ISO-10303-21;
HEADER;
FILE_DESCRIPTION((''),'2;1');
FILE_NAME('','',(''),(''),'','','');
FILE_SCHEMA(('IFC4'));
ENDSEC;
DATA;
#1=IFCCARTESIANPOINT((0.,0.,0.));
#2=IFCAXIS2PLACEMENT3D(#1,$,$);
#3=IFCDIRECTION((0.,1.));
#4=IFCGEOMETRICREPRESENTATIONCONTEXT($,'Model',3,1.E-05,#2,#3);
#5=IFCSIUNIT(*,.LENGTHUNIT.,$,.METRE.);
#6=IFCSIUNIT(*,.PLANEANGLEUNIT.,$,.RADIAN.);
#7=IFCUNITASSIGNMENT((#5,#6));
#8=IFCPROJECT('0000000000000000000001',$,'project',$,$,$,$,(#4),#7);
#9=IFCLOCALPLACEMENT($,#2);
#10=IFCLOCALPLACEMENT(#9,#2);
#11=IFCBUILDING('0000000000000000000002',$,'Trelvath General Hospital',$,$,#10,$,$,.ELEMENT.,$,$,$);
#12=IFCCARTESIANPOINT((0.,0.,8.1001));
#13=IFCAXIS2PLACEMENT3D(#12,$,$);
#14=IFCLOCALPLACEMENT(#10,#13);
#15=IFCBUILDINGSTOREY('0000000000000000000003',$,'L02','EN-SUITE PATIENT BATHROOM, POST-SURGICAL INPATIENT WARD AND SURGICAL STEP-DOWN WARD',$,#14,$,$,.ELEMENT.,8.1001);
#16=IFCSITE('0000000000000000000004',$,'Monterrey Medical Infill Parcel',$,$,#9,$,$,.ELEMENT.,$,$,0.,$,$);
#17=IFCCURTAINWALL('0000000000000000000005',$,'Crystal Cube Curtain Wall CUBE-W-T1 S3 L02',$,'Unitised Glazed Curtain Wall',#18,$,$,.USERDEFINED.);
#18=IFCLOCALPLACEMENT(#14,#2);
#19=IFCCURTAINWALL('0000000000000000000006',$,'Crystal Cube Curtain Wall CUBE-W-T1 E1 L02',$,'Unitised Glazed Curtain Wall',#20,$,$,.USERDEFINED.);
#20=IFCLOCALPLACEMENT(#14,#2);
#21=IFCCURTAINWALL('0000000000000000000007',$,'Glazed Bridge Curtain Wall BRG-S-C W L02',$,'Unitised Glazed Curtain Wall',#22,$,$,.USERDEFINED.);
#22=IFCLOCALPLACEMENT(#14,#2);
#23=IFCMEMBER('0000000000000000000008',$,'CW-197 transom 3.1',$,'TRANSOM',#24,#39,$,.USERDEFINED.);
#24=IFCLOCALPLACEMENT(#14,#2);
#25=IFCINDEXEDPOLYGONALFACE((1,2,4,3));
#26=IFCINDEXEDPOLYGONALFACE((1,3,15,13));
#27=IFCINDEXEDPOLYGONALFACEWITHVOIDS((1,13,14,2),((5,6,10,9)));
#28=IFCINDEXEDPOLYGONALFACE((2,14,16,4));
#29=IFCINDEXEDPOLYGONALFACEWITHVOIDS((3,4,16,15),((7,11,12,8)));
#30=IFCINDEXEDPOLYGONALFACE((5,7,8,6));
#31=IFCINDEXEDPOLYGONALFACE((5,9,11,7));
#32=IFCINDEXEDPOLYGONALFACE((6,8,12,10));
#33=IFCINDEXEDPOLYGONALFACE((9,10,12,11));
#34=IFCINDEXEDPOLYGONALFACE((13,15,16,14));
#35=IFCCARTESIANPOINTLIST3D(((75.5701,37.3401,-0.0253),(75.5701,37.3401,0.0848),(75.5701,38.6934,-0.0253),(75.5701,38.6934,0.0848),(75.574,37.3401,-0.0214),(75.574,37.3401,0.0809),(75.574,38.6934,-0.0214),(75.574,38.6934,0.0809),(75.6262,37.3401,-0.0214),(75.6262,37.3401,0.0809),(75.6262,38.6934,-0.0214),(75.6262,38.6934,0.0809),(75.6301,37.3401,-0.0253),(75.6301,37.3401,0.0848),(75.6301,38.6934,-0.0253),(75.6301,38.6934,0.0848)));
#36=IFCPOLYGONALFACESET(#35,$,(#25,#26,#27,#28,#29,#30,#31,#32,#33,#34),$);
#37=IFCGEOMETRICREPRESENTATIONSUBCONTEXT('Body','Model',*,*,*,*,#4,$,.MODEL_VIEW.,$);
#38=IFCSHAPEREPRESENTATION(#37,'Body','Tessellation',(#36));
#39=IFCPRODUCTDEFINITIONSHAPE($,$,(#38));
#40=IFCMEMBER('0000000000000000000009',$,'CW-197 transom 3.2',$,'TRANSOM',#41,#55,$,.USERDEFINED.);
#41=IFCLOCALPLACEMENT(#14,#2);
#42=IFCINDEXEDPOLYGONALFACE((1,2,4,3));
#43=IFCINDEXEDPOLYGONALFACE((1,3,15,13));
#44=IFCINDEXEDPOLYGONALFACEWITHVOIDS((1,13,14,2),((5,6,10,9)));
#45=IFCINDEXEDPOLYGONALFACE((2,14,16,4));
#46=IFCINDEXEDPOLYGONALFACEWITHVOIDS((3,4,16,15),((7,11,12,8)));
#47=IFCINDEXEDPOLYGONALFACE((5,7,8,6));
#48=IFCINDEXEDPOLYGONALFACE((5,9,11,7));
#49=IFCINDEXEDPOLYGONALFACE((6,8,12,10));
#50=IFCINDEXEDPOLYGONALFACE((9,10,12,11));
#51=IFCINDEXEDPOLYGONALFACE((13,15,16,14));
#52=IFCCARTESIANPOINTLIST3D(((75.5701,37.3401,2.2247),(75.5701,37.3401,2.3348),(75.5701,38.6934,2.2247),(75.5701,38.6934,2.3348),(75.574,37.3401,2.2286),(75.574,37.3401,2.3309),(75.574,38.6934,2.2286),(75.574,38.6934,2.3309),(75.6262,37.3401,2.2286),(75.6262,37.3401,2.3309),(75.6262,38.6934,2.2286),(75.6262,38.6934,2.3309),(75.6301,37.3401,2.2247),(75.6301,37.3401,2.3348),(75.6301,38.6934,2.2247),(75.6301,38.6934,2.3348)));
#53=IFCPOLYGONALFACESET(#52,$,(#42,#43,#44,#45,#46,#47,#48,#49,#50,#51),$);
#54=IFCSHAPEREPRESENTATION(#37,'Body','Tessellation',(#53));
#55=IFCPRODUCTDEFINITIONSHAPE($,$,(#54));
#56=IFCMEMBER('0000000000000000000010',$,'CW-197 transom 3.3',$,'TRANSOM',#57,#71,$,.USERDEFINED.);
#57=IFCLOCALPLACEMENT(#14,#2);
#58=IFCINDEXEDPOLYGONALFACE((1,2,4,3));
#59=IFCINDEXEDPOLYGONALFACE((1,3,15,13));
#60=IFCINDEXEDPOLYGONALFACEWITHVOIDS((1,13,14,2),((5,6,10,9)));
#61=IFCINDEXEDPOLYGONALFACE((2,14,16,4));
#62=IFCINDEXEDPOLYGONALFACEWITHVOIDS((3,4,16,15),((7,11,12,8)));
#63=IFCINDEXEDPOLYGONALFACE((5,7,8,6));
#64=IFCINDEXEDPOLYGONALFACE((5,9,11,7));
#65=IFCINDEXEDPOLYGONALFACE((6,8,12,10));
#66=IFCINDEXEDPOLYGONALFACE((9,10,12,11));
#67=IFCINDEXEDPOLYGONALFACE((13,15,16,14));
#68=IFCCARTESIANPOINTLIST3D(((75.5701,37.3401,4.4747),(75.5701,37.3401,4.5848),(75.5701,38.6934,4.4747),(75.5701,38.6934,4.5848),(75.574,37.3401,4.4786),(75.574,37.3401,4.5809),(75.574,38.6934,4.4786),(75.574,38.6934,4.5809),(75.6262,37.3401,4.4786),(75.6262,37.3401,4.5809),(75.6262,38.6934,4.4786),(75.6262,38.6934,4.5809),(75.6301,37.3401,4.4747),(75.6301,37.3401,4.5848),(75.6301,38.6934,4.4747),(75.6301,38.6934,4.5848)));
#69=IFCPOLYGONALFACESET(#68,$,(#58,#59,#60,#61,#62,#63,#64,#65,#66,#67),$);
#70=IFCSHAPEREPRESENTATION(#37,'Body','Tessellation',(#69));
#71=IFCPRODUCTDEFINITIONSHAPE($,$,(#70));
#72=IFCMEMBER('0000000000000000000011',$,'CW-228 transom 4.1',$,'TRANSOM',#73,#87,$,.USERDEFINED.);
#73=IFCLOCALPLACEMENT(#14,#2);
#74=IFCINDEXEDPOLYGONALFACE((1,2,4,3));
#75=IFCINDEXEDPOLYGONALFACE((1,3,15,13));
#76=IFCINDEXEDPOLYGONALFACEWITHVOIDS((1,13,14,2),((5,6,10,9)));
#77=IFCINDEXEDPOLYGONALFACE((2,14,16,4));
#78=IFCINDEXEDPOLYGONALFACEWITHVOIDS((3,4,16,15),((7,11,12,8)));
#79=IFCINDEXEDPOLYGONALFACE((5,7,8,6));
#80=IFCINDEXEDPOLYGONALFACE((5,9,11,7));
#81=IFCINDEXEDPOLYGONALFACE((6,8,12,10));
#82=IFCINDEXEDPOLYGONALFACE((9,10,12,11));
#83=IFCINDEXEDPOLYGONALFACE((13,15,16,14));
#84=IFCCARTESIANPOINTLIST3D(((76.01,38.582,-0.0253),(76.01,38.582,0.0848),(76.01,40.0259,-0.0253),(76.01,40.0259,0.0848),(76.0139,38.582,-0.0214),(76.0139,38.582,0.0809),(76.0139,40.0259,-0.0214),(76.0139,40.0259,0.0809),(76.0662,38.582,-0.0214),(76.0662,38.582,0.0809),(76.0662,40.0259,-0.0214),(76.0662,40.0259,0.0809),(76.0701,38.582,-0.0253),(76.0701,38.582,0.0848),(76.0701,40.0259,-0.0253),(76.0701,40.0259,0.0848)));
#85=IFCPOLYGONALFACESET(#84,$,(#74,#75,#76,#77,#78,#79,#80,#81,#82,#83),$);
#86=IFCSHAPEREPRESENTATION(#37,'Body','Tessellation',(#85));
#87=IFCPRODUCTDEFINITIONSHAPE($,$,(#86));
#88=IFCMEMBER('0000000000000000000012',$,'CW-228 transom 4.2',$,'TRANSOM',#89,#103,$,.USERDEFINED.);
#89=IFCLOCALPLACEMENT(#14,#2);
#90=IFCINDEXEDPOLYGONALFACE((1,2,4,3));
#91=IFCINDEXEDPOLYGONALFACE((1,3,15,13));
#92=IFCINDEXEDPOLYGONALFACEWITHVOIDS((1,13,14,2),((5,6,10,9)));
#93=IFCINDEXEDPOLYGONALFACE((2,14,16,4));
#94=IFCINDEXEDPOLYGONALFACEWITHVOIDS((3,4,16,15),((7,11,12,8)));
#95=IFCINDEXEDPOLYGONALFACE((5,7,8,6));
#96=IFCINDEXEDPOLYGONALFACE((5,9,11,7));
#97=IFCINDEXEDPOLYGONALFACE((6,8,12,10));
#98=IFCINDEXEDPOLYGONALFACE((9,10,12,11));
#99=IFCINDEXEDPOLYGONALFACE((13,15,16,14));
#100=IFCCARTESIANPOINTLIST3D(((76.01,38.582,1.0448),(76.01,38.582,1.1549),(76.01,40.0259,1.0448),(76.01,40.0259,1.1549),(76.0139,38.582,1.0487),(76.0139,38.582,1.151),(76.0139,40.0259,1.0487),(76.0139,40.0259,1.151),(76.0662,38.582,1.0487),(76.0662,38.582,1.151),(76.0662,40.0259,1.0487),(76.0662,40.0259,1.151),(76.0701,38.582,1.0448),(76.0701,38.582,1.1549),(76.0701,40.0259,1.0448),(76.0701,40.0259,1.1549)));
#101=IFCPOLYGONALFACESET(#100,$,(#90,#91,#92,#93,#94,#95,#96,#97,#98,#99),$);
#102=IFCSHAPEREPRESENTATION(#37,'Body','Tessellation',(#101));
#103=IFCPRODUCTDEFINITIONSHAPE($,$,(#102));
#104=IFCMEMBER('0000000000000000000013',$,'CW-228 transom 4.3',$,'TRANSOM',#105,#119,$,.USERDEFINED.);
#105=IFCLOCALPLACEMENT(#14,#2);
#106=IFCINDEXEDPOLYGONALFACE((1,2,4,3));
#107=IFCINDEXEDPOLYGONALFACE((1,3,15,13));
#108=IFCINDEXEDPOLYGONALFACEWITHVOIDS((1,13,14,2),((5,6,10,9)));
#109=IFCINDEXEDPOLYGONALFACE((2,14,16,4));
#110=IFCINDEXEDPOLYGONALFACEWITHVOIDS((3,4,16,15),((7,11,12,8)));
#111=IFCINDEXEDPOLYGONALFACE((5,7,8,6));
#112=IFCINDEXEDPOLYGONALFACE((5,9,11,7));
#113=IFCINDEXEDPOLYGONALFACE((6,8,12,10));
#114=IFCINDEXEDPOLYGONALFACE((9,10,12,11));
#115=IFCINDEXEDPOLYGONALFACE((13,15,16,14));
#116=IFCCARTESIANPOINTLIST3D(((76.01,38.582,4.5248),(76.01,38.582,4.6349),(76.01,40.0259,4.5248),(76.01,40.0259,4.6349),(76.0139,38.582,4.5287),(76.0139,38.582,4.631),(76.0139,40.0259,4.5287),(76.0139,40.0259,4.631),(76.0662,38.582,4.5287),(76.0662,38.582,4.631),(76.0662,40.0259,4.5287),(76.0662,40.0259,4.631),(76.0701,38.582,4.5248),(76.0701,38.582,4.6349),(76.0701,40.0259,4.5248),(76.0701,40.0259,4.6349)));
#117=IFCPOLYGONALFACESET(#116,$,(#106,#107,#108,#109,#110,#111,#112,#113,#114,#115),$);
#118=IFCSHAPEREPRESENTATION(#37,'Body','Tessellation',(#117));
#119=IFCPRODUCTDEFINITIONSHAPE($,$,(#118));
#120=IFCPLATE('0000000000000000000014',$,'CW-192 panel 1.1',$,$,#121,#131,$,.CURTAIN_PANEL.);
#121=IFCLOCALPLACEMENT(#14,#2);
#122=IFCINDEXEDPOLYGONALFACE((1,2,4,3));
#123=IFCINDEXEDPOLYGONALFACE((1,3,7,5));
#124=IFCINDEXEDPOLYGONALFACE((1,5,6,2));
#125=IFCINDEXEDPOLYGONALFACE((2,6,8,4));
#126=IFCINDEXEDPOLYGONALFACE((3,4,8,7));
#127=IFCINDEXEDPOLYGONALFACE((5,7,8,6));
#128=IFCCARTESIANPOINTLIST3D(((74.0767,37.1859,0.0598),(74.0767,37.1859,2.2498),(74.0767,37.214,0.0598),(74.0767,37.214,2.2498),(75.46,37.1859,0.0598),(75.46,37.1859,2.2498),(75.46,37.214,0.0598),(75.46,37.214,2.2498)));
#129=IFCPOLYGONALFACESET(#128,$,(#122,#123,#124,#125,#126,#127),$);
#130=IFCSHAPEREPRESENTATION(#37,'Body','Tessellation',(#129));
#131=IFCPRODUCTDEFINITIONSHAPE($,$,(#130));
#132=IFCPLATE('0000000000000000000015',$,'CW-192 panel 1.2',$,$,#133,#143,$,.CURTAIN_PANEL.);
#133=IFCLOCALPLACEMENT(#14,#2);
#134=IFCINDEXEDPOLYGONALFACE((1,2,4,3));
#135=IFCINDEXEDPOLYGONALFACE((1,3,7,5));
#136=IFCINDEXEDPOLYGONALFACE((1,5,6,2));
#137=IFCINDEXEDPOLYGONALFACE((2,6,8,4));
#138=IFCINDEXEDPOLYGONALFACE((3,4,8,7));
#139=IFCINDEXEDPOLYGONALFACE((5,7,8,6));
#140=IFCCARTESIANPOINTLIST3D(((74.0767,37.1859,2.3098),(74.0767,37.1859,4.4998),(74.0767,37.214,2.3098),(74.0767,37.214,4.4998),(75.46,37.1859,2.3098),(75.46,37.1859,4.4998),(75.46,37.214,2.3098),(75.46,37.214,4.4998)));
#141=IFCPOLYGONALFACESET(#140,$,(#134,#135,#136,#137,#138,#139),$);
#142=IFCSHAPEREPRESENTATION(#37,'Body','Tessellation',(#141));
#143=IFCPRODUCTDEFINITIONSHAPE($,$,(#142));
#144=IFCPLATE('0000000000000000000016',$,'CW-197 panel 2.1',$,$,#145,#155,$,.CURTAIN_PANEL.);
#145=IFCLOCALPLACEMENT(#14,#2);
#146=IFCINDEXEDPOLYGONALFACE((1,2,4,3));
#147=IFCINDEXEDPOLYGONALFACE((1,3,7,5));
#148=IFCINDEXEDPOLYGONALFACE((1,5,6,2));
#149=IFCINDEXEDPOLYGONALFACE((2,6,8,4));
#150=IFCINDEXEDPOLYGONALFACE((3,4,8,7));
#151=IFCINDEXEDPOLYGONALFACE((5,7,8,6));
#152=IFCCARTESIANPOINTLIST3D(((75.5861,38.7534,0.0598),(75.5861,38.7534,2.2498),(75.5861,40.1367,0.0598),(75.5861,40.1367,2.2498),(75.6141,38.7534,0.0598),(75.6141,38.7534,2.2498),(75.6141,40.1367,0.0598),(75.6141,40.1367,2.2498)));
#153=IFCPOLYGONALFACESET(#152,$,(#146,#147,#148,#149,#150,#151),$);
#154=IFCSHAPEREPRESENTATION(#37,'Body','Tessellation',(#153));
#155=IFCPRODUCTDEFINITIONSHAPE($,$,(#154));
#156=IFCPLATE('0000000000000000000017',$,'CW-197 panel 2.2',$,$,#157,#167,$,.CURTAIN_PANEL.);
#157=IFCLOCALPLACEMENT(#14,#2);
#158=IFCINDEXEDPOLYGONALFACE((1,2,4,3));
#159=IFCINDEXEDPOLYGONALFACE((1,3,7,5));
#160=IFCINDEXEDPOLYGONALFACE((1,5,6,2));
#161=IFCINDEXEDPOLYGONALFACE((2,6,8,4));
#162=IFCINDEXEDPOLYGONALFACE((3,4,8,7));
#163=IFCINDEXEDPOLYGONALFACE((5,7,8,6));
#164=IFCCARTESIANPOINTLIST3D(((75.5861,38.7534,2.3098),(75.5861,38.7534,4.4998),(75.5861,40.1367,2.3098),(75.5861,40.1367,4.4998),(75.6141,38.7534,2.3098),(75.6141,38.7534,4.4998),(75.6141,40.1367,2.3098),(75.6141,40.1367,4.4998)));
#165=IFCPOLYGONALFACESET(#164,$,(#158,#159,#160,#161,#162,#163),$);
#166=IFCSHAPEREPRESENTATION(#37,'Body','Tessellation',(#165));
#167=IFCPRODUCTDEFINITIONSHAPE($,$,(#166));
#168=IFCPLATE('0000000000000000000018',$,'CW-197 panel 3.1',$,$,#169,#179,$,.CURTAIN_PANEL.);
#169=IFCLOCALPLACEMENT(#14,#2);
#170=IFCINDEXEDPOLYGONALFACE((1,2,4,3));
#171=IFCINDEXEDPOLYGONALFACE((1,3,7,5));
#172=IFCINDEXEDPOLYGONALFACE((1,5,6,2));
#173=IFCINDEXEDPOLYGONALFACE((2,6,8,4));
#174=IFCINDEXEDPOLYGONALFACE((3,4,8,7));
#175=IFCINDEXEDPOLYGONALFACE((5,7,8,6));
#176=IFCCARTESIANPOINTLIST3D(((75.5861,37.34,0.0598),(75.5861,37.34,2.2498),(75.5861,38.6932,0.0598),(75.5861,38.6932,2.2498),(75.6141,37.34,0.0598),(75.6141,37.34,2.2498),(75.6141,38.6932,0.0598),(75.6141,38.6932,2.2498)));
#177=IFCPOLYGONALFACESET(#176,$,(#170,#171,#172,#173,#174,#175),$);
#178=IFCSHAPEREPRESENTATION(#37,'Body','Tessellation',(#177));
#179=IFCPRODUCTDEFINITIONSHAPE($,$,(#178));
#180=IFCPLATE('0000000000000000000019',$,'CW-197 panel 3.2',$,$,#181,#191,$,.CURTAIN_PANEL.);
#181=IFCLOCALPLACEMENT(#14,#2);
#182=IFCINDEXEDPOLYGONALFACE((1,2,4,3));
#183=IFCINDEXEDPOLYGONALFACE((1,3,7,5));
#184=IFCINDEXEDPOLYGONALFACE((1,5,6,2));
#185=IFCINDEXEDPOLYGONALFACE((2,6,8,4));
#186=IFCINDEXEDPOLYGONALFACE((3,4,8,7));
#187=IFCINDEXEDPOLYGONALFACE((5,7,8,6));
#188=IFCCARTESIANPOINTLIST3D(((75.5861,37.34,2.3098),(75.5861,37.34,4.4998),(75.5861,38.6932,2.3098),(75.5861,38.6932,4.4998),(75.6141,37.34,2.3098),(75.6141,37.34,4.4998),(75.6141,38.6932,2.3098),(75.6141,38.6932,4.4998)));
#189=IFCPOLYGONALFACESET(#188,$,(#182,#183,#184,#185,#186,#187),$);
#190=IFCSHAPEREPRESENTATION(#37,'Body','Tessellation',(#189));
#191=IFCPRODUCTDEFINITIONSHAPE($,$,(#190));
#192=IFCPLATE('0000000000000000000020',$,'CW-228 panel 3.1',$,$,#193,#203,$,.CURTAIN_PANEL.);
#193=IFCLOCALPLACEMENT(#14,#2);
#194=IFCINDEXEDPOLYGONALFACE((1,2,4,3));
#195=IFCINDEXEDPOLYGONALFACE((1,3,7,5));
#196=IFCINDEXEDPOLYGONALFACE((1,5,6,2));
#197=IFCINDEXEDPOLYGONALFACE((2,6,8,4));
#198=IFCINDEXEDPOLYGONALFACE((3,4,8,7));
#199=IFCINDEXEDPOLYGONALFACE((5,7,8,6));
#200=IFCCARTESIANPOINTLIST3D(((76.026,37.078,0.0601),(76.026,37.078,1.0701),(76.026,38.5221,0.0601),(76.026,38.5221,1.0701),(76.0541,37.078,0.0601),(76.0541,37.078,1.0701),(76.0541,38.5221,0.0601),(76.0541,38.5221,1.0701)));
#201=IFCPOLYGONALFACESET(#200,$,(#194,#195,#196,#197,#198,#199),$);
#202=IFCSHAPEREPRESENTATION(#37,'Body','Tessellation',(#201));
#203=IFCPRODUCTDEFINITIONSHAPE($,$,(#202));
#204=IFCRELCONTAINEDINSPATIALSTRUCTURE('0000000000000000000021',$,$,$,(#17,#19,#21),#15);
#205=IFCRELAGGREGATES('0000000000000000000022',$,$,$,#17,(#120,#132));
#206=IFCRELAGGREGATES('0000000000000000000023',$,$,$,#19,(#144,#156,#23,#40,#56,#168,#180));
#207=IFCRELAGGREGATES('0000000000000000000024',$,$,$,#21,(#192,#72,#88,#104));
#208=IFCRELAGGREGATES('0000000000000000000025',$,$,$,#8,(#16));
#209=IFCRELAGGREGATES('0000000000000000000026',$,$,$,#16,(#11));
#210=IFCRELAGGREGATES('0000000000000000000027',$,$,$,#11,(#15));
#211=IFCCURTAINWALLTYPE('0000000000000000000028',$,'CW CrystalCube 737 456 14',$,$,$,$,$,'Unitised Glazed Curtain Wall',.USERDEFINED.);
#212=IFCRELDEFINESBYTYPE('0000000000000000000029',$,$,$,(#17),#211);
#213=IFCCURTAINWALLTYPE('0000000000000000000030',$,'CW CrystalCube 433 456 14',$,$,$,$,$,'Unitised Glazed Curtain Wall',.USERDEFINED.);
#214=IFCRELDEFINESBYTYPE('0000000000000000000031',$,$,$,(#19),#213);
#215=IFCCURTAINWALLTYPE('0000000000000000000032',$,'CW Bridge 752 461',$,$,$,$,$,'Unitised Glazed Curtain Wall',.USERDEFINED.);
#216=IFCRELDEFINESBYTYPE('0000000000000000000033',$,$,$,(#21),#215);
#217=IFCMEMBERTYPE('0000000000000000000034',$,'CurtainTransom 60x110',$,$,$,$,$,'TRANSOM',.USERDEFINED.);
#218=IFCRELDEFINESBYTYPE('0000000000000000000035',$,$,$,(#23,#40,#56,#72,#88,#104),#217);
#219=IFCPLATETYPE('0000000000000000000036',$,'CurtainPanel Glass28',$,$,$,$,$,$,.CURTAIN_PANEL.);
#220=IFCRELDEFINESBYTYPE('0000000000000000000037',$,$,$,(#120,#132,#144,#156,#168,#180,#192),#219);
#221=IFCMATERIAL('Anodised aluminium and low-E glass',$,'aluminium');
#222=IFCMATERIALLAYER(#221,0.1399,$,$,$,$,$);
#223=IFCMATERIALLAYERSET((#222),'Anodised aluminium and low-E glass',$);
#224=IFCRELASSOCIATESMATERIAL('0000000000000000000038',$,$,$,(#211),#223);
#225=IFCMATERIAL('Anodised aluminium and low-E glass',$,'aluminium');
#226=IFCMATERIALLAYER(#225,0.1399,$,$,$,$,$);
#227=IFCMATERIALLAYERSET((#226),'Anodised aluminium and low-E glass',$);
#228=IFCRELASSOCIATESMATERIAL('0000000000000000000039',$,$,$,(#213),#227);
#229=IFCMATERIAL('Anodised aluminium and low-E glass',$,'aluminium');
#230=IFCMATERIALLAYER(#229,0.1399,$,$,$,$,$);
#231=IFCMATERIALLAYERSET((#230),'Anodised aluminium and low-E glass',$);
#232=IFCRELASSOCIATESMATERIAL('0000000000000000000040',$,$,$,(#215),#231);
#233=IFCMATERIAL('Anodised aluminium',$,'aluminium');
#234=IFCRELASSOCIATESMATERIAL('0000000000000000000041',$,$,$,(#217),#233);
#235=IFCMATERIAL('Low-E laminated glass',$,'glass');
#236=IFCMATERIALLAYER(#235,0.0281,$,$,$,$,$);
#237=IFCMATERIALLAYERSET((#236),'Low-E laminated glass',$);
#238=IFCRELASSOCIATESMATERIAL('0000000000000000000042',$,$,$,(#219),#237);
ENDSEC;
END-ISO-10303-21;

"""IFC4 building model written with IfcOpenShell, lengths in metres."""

from ifc_helpers import new_model, si_unit, direction, frame, origin, origin_2d, place, context, subcontext, project, spatial, rectangle, hollow_rectangle, extrude, material, layer, layer_set, material_profile, profile_set, type_object, element, aggregate, save


model = new_model("IFC4")

# Units and contexts
model_context = context("Model", 3, precision=1e-05, world=origin(), true_north=direction((0.0, 1.0)))
body_context = subcontext(model_context, "Body", "Model", "MODEL_VIEW")
ifc_project = project(units=[si_unit("LENGTHUNIT", "METRE"), si_unit("PLANEANGLEUNIT", "RADIAN")], contexts=[model_context])

# Site, building, storey
site_placement = place(None, origin())
site = spatial("IfcSite", under=ifc_project, at=site_placement, Name="Monterrey Medical Infill Parcel", CompositionType="ELEMENT", RefElevation=0.0)
building_placement = place(site_placement, origin())
building = spatial("IfcBuilding", under=site, at=building_placement, Name="Trelvath General Hospital", CompositionType="ELEMENT")
storey_placement = place(building_placement, frame((0.0, 0.0, 8.1001)))
storey = spatial("IfcBuildingStorey", under=building, at=storey_placement, Name="L02", Description="EN-SUITE PATIENT BATHROOM, POST-SURGICAL INPATIENT WARD AND SURGICAL STEP-DOWN WARD", CompositionType="ELEMENT", Elevation=8.1001)

# Curtain walls
ifc_material_1 = material(Name="Anodised aluminium and low-E glass", Category="aluminium")
ifc_layer_1 = layer(ifc_material_1, 0.1399)
ifc_layer_set_1 = layer_set([ifc_layer_1], Name="Anodised aluminium and low-E glass")
curtain_wall_type_1 = type_object("IfcCurtainWallType", Name="CW CrystalCube 737 456 14", ElementType="Unitised Glazed Curtain Wall", PredefinedType="USERDEFINED", material=ifc_layer_set_1)
curtain_wall_1_placement = place(storey_placement, origin())
curtain_wall_1 = element("IfcCurtainWall", 1, at=curtain_wall_1_placement, inside=storey, type_object=curtain_wall_type_1, Name="Crystal Cube Curtain Wall CUBE-W-T1 S3 L02", ObjectType="Unitised Glazed Curtain Wall", PredefinedType="USERDEFINED")
ifc_material_2 = material(Name="Anodised aluminium and low-E glass", Category="aluminium")
ifc_layer_2 = layer(ifc_material_2, 0.1399)
ifc_layer_set_2 = layer_set([ifc_layer_2], Name="Anodised aluminium and low-E glass")
curtain_wall_type_2 = type_object("IfcCurtainWallType", Name="CW CrystalCube 433 456 14", ElementType="Unitised Glazed Curtain Wall", PredefinedType="USERDEFINED", material=ifc_layer_set_2)
curtain_wall_2_placement = place(storey_placement, origin())
curtain_wall_2 = element("IfcCurtainWall", 2, at=curtain_wall_2_placement, inside=storey, type_object=curtain_wall_type_2, Name="Crystal Cube Curtain Wall CUBE-W-T1 E1 L02", ObjectType="Unitised Glazed Curtain Wall", PredefinedType="USERDEFINED")
ifc_material_3 = material(Name="Anodised aluminium and low-E glass", Category="aluminium")
ifc_layer_3 = layer(ifc_material_3, 0.1399)
ifc_layer_set_3 = layer_set([ifc_layer_3], Name="Anodised aluminium and low-E glass")
curtain_wall_type_3 = type_object("IfcCurtainWallType", Name="CW Bridge 752 461", ElementType="Unitised Glazed Curtain Wall", PredefinedType="USERDEFINED", material=ifc_layer_set_3)
curtain_wall_3_placement = place(storey_placement, origin())
curtain_wall_3 = element("IfcCurtainWall", 3, at=curtain_wall_3_placement, inside=storey, type_object=curtain_wall_type_3, Name="Glazed Bridge Curtain Wall BRG-S-C W L02", ObjectType="Unitised Glazed Curtain Wall", PredefinedType="USERDEFINED")

# Members
ifc_material_4 = material(Name="Anodised aluminium", Category="aluminium")
ifc_material_profile_1 = material_profile(ifc_material_4, hollow_rectangle(XDim=0.0601, YDim=0.1101, WallThickness=0.0039, at=origin_2d()), Name="RHS60x110x4")
ifc_profile_set_1 = profile_set([ifc_material_profile_1], Name="Anodised aluminium")
member_type_1 = type_object("IfcMemberType", Name="CurtainTransom 60x110", ElementType="TRANSOM", PredefinedType="USERDEFINED", material=ifc_profile_set_1)
member_1_placement = place(storey_placement, frame((75.6001, 38.6934, 0.0298), z_axis=(0.0, -1.0, 0.0), x_axis=(1.0, 0.0, 0.0)))
member_1 = element("IfcMember", 4, at=member_1_placement, type_object=member_type_1, Name="CW-197 transom 3.1", ObjectType="TRANSOM", PredefinedType="USERDEFINED", context=body_context, shape_type="SweptSolid", body=[
    extrude(hollow_rectangle(XDim=0.0601, YDim=0.1101, WallThickness=0.0039, at=origin_2d()), origin(), (0.0, 0.0, 1.0), 1.3533),
])
member_2_placement = place(storey_placement, frame((75.6001, 38.6934, 2.2798), z_axis=(0.0, -1.0, 0.0), x_axis=(1.0, 0.0, 0.0)))
member_2 = element("IfcMember", 5, at=member_2_placement, type_object=member_type_1, Name="CW-197 transom 3.2", ObjectType="TRANSOM", PredefinedType="USERDEFINED", context=body_context, shape_type="SweptSolid", body=[
    extrude(hollow_rectangle(XDim=0.0601, YDim=0.1101, WallThickness=0.0039, at=origin_2d()), origin(), (0.0, 0.0, 1.0), 1.3533),
])
member_3_placement = place(storey_placement, frame((75.6001, 38.6934, 4.5298), z_axis=(0.0, -1.0, 0.0), x_axis=(1.0, 0.0, 0.0)))
member_3 = element("IfcMember", 6, at=member_3_placement, type_object=member_type_1, Name="CW-197 transom 3.3", ObjectType="TRANSOM", PredefinedType="USERDEFINED", context=body_context, shape_type="SweptSolid", body=[
    extrude(hollow_rectangle(XDim=0.0601, YDim=0.1101, WallThickness=0.0039, at=origin_2d()), origin(), (0.0, 0.0, 1.0), 1.3533),
])
member_4_placement = place(storey_placement, frame((76.04, 38.582, 0.0298), z_axis=(0.0, 1.0, 0.0), x_axis=(-1.0, 0.0, 0.0)))
member_4 = element("IfcMember", 7, at=member_4_placement, type_object=member_type_1, Name="CW-228 transom 4.1", ObjectType="TRANSOM", PredefinedType="USERDEFINED", context=body_context, shape_type="SweptSolid", body=[
    extrude(hollow_rectangle(XDim=0.0601, YDim=0.1101, WallThickness=0.0039, at=origin_2d()), origin(), (0.0, 0.0, 1.0), 1.4438),
])
member_5_placement = place(storey_placement, frame((76.04, 38.582, 1.0999), z_axis=(0.0, 1.0, 0.0), x_axis=(-1.0, 0.0, 0.0)))
member_5 = element("IfcMember", 8, at=member_5_placement, type_object=member_type_1, Name="CW-228 transom 4.2", ObjectType="TRANSOM", PredefinedType="USERDEFINED", context=body_context, shape_type="SweptSolid", body=[
    extrude(hollow_rectangle(XDim=0.0601, YDim=0.1101, WallThickness=0.0039, at=origin_2d()), origin(), (0.0, 0.0, 1.0), 1.4438),
])
member_6_placement = place(storey_placement, frame((76.04, 38.582, 4.5798), z_axis=(0.0, 1.0, 0.0), x_axis=(-1.0, 0.0, 0.0)))
member_6 = element("IfcMember", 9, at=member_6_placement, type_object=member_type_1, Name="CW-228 transom 4.3", ObjectType="TRANSOM", PredefinedType="USERDEFINED", context=body_context, shape_type="SweptSolid", body=[
    extrude(hollow_rectangle(XDim=0.0601, YDim=0.1101, WallThickness=0.0039, at=origin_2d()), origin(), (0.0, 0.0, 1.0), 1.4438),
])

# Plates
ifc_material_5 = material(Name="Low-E laminated glass", Category="glass")
ifc_layer_4 = layer(ifc_material_5, 0.0281)
ifc_layer_set_4 = layer_set([ifc_layer_4], Name="Low-E laminated glass")
plate_type = type_object("IfcPlateType", Name="CurtainPanel Glass28", PredefinedType="CURTAIN_PANEL", material=ifc_layer_set_4)
plate_1_placement = place(storey_placement, frame((74.7683, 37.2, 0.0598), z_axis=(0.0, 0.0, 1.0), x_axis=(-1.0, 0.0, 0.0)))
plate_1 = element("IfcPlate", 10, at=plate_1_placement, type_object=plate_type, Name="CW-192 panel 1.1", PredefinedType="CURTAIN_PANEL", context=body_context, shape_type="SweptSolid", body=[
    extrude(rectangle(XDim=1.3833, YDim=0.0281, at=origin_2d()), origin(), (0.0, 0.0, 1.0), 2.1899),
])
plate_2_placement = place(storey_placement, frame((74.7683, 37.2, 2.3098), z_axis=(0.0, 0.0, 1.0), x_axis=(-1.0, 0.0, 0.0)))
plate_2 = element("IfcPlate", 11, at=plate_2_placement, type_object=plate_type, Name="CW-192 panel 1.2", PredefinedType="CURTAIN_PANEL", context=body_context, shape_type="SweptSolid", body=[
    extrude(rectangle(XDim=1.3833, YDim=0.0281, at=origin_2d()), origin(), (0.0, 0.0, 1.0), 2.1899),
])
aggregate(curtain_wall_1, [plate_1, plate_2])
plate_3_placement = place(storey_placement, frame((75.6001, 39.4451, 0.0598), z_axis=(0.0, 0.0, 1.0), x_axis=(0.0, -1.0, 0.0)))
plate_3 = element("IfcPlate", 12, at=plate_3_placement, type_object=plate_type, Name="CW-197 panel 2.1", PredefinedType="CURTAIN_PANEL", context=body_context, shape_type="SweptSolid", body=[
    extrude(rectangle(XDim=1.3833, YDim=0.0281, at=origin_2d()), origin(), (0.0, 0.0, 1.0), 2.1899),
])
plate_4_placement = place(storey_placement, frame((75.6001, 39.4451, 2.3098), z_axis=(0.0, 0.0, 1.0), x_axis=(0.0, -1.0, 0.0)))
plate_4 = element("IfcPlate", 13, at=plate_4_placement, type_object=plate_type, Name="CW-197 panel 2.2", PredefinedType="CURTAIN_PANEL", context=body_context, shape_type="SweptSolid", body=[
    extrude(rectangle(XDim=1.3833, YDim=0.0281, at=origin_2d()), origin(), (0.0, 0.0, 1.0), 2.1899),
])
plate_5_placement = place(storey_placement, frame((75.6001, 38.0166, 0.0598), z_axis=(0.0, 0.0, 1.0), x_axis=(0.0, -1.0, 0.0)))
plate_5 = element("IfcPlate", 14, at=plate_5_placement, type_object=plate_type, Name="CW-197 panel 3.1", PredefinedType="CURTAIN_PANEL", context=body_context, shape_type="SweptSolid", body=[
    extrude(rectangle(XDim=1.3533, YDim=0.0281, at=origin_2d()), origin(), (0.0, 0.0, 1.0), 2.1899),
])
plate_6_placement = place(storey_placement, frame((75.6001, 38.0166, 2.3098), z_axis=(0.0, 0.0, 1.0), x_axis=(0.0, -1.0, 0.0)))
plate_6 = element("IfcPlate", 15, at=plate_6_placement, type_object=plate_type, Name="CW-197 panel 3.2", PredefinedType="CURTAIN_PANEL", context=body_context, shape_type="SweptSolid", body=[
    extrude(rectangle(XDim=1.3533, YDim=0.0281, at=origin_2d()), origin(), (0.0, 0.0, 1.0), 2.1899),
])
aggregate(curtain_wall_2, [plate_3, plate_4, member_1, member_2, member_3, plate_5, plate_6])
plate_7_placement = place(storey_placement, frame((76.04, 37.8, 0.0601), z_axis=(0.0, 0.0, 1.0), x_axis=(0.0, 1.0, 0.0)))
plate_7 = element("IfcPlate", 16, at=plate_7_placement, type_object=plate_type, Name="CW-228 panel 3.1", PredefinedType="CURTAIN_PANEL", context=body_context, shape_type="SweptSolid", body=[
    extrude(rectangle(XDim=1.4441, YDim=0.0281, at=origin_2d()), origin(), (0.0, 0.0, 1.0), 1.01),
])
aggregate(curtain_wall_3, [plate_7, member_4, member_5, member_6])

save(model, "model.ifc")
